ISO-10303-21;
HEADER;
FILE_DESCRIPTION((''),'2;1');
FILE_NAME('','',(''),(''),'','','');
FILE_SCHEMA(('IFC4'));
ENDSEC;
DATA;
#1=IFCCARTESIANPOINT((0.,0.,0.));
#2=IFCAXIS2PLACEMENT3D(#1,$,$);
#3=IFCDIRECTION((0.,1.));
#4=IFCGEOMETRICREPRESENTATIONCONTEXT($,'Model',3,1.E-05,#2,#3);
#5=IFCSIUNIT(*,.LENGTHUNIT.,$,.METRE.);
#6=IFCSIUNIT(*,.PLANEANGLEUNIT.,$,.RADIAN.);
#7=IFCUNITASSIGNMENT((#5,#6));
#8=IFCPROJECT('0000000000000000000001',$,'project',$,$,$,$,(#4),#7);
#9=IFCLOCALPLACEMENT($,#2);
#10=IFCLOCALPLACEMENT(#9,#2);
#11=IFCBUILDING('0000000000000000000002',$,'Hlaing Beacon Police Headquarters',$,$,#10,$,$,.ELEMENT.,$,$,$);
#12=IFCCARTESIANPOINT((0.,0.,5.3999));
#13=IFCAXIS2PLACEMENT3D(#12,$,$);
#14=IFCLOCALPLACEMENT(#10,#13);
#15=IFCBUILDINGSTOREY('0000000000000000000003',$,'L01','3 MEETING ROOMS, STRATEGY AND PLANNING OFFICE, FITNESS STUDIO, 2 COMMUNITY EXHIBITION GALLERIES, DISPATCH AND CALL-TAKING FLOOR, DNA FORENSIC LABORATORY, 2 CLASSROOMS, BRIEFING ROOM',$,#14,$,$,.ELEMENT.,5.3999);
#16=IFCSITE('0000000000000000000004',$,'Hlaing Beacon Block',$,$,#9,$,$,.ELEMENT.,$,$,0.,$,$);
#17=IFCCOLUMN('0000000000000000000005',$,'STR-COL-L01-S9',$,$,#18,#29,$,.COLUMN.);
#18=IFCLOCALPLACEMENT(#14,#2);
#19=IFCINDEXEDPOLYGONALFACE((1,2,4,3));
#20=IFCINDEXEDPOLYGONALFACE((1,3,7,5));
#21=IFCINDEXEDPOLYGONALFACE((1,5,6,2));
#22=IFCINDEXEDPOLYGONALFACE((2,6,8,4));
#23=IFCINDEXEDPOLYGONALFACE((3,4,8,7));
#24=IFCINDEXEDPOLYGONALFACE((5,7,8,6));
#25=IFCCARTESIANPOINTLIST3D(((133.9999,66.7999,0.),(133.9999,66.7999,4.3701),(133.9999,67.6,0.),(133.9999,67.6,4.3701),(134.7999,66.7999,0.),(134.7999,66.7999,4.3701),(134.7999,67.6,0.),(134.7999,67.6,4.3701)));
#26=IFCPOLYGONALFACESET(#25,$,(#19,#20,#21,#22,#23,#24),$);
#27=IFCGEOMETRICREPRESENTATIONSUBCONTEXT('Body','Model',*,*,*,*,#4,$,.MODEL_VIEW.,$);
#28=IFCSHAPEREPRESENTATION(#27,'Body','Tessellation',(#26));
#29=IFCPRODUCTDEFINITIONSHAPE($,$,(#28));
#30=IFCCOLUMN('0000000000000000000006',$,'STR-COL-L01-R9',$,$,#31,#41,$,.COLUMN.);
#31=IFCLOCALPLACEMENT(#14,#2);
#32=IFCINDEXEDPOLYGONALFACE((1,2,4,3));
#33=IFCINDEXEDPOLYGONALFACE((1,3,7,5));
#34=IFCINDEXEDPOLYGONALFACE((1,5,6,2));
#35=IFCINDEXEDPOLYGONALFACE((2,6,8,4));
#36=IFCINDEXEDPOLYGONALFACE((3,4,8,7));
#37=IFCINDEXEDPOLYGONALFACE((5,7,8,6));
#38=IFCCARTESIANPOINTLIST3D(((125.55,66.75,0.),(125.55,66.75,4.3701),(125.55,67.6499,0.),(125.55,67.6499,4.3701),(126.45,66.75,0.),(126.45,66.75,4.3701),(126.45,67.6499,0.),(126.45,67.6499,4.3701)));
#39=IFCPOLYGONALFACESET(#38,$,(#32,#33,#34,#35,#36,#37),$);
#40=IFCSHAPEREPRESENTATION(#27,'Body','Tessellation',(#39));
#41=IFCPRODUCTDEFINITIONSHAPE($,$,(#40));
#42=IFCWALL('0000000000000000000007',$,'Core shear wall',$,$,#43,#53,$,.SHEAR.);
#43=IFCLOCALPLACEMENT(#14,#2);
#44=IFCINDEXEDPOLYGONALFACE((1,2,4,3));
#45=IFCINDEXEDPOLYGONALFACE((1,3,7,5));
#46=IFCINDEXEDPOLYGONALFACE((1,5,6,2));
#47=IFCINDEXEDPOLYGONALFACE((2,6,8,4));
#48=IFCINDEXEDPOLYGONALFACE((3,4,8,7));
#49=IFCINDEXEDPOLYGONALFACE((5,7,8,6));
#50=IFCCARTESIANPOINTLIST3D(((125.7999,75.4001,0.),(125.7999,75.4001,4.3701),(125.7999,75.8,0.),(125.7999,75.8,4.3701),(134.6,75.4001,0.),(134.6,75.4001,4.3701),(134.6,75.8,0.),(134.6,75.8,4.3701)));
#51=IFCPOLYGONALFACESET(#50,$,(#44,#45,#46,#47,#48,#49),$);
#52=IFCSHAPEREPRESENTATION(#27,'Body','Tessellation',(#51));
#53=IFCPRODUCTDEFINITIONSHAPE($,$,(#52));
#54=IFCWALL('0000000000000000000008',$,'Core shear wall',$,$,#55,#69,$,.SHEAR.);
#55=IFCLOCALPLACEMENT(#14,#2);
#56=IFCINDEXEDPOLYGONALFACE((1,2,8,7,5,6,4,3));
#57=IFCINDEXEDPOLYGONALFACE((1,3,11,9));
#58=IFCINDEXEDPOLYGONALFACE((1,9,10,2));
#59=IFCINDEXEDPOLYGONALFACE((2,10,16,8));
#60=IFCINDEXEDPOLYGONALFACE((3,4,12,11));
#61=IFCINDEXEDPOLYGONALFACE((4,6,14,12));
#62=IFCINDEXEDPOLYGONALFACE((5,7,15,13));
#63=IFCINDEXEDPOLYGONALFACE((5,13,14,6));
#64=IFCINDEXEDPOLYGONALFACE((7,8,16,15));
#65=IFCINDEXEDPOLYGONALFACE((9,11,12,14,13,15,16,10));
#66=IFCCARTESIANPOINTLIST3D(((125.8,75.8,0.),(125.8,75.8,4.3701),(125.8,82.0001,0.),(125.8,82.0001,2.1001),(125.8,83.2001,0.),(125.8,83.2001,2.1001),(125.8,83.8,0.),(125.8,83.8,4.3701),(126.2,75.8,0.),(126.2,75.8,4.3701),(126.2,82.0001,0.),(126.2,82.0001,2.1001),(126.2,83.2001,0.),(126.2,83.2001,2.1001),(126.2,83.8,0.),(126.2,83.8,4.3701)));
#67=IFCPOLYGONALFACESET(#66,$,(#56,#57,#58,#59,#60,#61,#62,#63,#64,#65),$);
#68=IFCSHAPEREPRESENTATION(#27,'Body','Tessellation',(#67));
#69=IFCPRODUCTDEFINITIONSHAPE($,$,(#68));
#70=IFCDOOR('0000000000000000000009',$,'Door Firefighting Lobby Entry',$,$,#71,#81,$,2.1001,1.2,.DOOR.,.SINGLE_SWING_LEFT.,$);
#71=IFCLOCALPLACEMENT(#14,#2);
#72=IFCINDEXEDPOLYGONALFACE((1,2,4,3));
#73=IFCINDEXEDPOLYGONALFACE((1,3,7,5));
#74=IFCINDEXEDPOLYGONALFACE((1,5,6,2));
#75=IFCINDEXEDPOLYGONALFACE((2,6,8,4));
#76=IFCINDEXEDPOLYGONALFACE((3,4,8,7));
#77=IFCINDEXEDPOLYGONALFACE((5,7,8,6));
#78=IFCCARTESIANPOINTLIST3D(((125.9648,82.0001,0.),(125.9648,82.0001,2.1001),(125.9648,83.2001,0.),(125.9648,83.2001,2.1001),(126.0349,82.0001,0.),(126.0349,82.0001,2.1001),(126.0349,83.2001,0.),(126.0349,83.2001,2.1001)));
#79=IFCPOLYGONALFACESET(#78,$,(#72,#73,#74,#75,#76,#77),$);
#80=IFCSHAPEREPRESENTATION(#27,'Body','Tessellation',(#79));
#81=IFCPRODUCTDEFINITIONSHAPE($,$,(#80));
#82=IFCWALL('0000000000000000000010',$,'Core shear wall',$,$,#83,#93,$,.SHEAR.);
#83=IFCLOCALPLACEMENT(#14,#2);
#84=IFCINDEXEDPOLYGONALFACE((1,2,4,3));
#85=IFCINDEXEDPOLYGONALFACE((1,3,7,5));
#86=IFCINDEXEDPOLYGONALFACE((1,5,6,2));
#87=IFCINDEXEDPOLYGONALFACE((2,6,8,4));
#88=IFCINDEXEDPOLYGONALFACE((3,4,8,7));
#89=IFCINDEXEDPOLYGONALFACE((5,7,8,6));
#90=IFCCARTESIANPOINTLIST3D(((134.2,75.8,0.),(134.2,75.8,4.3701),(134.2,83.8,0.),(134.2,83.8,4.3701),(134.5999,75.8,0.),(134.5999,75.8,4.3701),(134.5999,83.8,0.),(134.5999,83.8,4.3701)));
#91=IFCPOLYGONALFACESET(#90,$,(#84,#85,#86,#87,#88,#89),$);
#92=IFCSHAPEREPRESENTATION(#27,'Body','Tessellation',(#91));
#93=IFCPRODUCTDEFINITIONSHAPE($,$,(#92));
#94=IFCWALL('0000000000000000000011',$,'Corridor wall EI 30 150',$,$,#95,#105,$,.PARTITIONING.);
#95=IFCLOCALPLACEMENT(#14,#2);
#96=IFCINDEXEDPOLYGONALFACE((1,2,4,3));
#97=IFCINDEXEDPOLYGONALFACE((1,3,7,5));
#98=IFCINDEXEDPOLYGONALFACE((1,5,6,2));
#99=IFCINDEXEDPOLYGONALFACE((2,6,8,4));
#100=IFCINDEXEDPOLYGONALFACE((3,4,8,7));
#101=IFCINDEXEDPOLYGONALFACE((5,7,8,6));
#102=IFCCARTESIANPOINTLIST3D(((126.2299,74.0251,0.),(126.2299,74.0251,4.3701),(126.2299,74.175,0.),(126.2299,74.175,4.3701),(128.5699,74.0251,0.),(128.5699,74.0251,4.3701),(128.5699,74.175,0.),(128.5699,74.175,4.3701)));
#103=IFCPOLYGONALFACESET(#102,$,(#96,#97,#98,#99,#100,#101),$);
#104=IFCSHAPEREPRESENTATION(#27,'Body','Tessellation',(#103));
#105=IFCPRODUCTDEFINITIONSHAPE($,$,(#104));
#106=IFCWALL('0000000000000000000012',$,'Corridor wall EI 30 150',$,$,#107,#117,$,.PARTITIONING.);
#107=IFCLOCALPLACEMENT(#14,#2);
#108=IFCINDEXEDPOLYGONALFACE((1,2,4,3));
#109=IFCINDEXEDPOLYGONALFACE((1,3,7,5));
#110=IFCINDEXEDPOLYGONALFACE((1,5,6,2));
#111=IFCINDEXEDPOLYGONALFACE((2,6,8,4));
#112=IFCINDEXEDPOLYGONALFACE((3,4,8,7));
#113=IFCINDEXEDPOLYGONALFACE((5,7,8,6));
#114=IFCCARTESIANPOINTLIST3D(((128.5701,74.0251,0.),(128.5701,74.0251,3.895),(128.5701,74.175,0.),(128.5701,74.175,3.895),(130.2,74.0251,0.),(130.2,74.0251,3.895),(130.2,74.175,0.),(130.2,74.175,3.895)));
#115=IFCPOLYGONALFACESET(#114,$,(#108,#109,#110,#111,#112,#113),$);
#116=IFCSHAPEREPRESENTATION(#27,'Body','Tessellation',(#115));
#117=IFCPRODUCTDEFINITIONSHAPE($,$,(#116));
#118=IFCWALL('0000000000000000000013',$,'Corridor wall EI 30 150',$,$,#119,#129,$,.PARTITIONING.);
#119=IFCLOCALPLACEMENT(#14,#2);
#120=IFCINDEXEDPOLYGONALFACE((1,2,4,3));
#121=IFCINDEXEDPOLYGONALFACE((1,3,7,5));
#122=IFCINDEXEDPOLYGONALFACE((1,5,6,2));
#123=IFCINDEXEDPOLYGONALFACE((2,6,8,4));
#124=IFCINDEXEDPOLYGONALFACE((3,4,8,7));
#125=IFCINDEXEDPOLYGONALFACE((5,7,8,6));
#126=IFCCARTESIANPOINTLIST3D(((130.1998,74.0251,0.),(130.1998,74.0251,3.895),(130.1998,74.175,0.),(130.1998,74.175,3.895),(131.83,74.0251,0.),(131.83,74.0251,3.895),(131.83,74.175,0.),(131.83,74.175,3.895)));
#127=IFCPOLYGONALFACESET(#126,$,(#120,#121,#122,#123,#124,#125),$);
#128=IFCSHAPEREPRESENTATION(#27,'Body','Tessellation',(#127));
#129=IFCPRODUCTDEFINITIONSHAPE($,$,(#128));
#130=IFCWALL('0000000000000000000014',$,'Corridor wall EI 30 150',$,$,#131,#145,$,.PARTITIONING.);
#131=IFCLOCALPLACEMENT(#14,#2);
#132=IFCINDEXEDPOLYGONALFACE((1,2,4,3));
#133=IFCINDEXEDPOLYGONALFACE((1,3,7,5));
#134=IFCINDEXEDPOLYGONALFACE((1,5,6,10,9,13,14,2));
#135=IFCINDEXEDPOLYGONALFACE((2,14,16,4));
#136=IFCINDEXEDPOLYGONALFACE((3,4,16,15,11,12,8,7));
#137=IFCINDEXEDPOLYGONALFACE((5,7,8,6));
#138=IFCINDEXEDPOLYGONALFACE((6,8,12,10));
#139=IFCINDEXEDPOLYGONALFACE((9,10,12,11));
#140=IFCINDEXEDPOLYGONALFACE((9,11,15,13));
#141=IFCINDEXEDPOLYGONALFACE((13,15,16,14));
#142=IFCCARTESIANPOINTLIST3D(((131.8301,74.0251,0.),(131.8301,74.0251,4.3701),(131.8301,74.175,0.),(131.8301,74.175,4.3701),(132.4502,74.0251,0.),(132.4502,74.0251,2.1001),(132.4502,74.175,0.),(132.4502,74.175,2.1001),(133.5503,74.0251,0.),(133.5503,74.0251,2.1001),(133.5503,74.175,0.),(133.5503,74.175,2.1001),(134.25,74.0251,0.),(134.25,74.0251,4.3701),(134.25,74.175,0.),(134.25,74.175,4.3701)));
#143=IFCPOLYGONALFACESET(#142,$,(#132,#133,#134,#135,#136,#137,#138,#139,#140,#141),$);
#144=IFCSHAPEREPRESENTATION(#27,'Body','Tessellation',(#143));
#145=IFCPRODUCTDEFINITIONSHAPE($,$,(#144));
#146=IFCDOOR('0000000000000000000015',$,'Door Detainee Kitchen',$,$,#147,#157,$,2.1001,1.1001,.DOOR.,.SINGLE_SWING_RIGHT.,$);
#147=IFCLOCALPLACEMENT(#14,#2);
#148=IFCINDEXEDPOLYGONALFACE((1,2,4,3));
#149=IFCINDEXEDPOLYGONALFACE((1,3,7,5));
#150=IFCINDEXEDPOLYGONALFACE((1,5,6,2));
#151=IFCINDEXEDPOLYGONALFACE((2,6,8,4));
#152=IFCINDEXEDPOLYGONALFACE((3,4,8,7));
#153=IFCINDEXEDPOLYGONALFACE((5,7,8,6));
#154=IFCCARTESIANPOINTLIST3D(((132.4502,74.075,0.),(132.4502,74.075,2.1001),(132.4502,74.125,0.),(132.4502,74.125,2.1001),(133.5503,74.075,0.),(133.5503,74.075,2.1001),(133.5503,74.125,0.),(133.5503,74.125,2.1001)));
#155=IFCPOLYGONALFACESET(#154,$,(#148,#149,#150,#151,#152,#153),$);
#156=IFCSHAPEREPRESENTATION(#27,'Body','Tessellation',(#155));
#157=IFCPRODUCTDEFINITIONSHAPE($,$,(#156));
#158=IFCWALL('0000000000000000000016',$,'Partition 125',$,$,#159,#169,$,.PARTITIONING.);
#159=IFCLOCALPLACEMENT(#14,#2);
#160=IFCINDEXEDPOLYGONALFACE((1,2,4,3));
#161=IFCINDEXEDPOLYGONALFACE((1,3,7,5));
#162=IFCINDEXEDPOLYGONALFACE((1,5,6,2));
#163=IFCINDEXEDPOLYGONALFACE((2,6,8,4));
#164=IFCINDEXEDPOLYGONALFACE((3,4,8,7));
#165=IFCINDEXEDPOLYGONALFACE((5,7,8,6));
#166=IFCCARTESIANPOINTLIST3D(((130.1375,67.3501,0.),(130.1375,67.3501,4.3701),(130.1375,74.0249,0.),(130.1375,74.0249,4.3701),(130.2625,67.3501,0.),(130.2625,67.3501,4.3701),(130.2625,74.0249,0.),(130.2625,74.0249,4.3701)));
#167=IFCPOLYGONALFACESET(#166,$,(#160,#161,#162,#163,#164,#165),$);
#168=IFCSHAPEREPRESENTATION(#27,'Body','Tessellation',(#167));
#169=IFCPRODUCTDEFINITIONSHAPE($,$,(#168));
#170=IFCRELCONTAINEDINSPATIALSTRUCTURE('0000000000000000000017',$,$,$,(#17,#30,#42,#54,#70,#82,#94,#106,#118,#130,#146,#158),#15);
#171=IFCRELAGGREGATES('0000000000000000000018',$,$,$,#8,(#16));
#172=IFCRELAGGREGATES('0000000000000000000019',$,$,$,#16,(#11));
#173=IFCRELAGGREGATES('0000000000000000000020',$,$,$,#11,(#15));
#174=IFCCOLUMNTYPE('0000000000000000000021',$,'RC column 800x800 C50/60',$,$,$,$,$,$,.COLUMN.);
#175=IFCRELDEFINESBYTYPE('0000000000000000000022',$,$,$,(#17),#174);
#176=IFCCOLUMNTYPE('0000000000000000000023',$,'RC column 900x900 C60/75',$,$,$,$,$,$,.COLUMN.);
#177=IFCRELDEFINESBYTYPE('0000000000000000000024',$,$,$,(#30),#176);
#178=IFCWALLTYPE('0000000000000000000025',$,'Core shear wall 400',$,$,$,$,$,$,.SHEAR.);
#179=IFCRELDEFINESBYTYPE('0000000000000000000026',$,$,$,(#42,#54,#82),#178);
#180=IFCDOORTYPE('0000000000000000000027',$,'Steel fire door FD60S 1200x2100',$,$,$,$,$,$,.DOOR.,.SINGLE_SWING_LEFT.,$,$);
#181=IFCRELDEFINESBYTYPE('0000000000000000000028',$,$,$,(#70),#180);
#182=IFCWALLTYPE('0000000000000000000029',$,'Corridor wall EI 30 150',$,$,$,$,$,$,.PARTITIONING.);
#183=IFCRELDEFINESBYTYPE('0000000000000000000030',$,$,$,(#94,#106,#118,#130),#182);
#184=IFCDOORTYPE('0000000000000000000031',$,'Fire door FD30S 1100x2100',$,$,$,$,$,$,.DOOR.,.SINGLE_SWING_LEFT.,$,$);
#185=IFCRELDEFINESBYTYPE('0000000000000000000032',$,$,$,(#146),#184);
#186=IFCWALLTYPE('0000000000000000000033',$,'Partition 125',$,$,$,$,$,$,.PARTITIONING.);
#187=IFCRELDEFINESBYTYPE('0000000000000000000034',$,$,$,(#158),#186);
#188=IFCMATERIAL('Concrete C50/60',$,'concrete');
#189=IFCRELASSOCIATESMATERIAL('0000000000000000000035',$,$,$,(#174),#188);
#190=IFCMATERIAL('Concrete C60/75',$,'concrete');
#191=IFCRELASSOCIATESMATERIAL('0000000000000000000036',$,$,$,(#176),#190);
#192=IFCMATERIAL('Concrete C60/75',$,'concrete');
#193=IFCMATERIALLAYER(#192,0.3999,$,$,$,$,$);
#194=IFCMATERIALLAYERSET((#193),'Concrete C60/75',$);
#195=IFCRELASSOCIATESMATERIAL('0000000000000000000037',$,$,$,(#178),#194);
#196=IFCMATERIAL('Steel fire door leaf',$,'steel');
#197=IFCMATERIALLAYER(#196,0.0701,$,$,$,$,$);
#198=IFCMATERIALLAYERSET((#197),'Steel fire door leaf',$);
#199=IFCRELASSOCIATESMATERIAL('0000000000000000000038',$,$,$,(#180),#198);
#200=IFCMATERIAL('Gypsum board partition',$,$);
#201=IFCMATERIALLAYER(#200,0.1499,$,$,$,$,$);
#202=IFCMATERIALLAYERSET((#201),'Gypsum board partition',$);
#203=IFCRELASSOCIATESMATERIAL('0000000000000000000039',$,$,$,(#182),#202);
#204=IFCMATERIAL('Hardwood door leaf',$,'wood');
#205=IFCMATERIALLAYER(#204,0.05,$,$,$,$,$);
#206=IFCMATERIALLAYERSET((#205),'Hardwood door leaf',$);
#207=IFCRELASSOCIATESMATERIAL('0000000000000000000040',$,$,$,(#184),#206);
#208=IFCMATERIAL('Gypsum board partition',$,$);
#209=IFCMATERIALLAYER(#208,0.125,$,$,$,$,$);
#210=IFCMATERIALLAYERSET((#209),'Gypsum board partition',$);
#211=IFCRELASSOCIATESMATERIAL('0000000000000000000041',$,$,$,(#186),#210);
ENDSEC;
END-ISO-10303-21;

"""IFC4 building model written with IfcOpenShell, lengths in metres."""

from ifc_helpers import new_model, si_unit, direction, frame, frame_2d, origin, origin_2d, place, context, subcontext, project, spatial, rectangle, extrude, material, layer, layer_set, material_profile, profile_set, type_object, element, fill, save


model = new_model("IFC4")

# Units and contexts
model_context = context("Model", 3, precision=1e-05, world=origin(), true_north=direction((0.0, 1.0)))
body_context = subcontext(model_context, "Body", "Model", "MODEL_VIEW")
ifc_project = project(units=[si_unit("LENGTHUNIT", "METRE"), si_unit("PLANEANGLEUNIT", "RADIAN")], contexts=[model_context])

# Site, building, storey
site_placement = place(None, origin())
site = spatial("IfcSite", under=ifc_project, at=site_placement, Name="Hlaing Beacon Block", CompositionType="ELEMENT", RefElevation=0.0)
building_placement = place(site_placement, origin())
building = spatial("IfcBuilding", under=site, at=building_placement, Name="Hlaing Beacon Police Headquarters", CompositionType="ELEMENT")
storey_placement = place(building_placement, frame((0.0, 0.0, 5.3999)))
storey = spatial("IfcBuildingStorey", under=building, at=storey_placement, Name="L01", Description="3 MEETING ROOMS, STRATEGY AND PLANNING OFFICE, FITNESS STUDIO, 2 COMMUNITY EXHIBITION GALLERIES, DISPATCH AND CALL-TAKING FLOOR, DNA FORENSIC LABORATORY, 2 CLASSROOMS, BRIEFING ROOM", CompositionType="ELEMENT", Elevation=5.3999)

# Columns
ifc_material_1 = material(Name="Concrete C50/60", Category="concrete")
ifc_material_profile_1 = material_profile(ifc_material_1, rectangle(XDim=0.8, YDim=0.8, at=origin_2d()), Name="800x800")
ifc_profile_set_1 = profile_set([ifc_material_profile_1], Name="Concrete C50/60")
column_type_1 = type_object("IfcColumnType", Name="RC column 800x800 C50/60", PredefinedType="COLUMN", material=ifc_profile_set_1)
column_1_placement = place(storey_placement, frame((134.3999, 67.2, 0.0), z_axis=(0.0, 0.0, 1.0), x_axis=(1.0, 0.0, 0.0)))
element("IfcColumn", 1, at=column_1_placement, inside=storey, type_object=column_type_1, Name="STR-COL-L01-S9", PredefinedType="COLUMN", context=body_context, shape_type="SweptSolid", body=[
    extrude(rectangle(XDim=0.8, YDim=0.8, at=origin_2d()), origin(), (0.0, 0.0, 1.0), 4.3701),
])
ifc_material_2 = material(Name="Concrete C60/75", Category="concrete")
ifc_material_profile_2 = material_profile(ifc_material_2, rectangle(XDim=0.8999, YDim=0.8999, at=origin_2d()), Name="900x900")
ifc_profile_set_2 = profile_set([ifc_material_profile_2], Name="Concrete C60/75")
column_type_2 = type_object("IfcColumnType", Name="RC column 900x900 C60/75", PredefinedType="COLUMN", material=ifc_profile_set_2)
column_2_placement = place(storey_placement, frame((126.0, 67.2, 0.0), z_axis=(0.0, 0.0, 1.0), x_axis=(1.0, 0.0, 0.0)))
element("IfcColumn", 2, at=column_2_placement, inside=storey, type_object=column_type_2, Name="STR-COL-L01-R9", PredefinedType="COLUMN", context=body_context, shape_type="SweptSolid", body=[
    extrude(rectangle(XDim=0.8999, YDim=0.8999, at=origin_2d()), origin(), (0.0, 0.0, 1.0), 4.3701),
])

# Wall
ifc_material_3 = material(Name="Concrete C60/75", Category="concrete")
ifc_layer_1 = layer(ifc_material_3, 0.3999)
ifc_layer_set_1 = layer_set([ifc_layer_1], Name="Concrete C60/75")
wall_type_1 = type_object("IfcWallType", Name="Core shear wall 400", PredefinedType="SHEAR", material=ifc_layer_set_1)
wall_1_placement = place(storey_placement, frame((125.8, 75.6001, 0.0), z_axis=(0.0, 0.0, 1.0), x_axis=(1.0, 0.0, 0.0)))
element("IfcWall", 3, at=wall_1_placement, inside=storey, type_object=wall_type_1, Name="Core shear wall", PredefinedType="SHEAR", context=body_context, shape_type="SweptSolid", body=[
    extrude(rectangle(XDim=8.8, YDim=0.3999, at=frame_2d((4.3999, 0.0))), origin(), (0.0, 0.0, 1.0), 4.3701),
])

# Wall, opening, door
wall_2_placement = place(storey_placement, frame((126.0, 75.8, 0.0), z_axis=(0.0, 0.0, 1.0), x_axis=(0.0, 1.0, 0.0)))
wall_2 = element("IfcWall", 4, at=wall_2_placement, inside=storey, type_object=wall_type_1, Name="Core shear wall", PredefinedType="SHEAR", context=body_context, shape_type="SweptSolid", body=[
    extrude(rectangle(XDim=8.0, YDim=0.3999, at=frame_2d((4.0, 0.0))), origin(), (0.0, 0.0, 1.0), 4.3701),
])
opening_1_placement = place(wall_2_placement, frame((6.2, 0.0, 0.0)))
opening_1 = element("IfcOpeningElement", 5, at=opening_1_placement, cuts=wall_2, PredefinedType="OPENING", context=body_context, shape_type="SweptSolid", body=[
    extrude(rectangle(XDim=1.2, YDim=2.1001, at=frame_2d((0.6001, 1.05))), frame((0.0, 0.21, 0.0), z_axis=(0.0, -1.0, 0.0), x_axis=(1.0, 0.0, 0.0)), (0.0, 0.0, 1.0), 0.4199),
])
ifc_material_4 = material(Name="Steel fire door leaf", Category="steel")
ifc_layer_2 = layer(ifc_material_4, 0.0701)
ifc_layer_set_2 = layer_set([ifc_layer_2], Name="Steel fire door leaf")
door_type_1 = type_object("IfcDoorType", Name="Steel fire door FD60S 1200x2100", OperationType="SINGLE_SWING_LEFT", PredefinedType="DOOR", material=ifc_layer_set_2)
door_1_placement = place(opening_1_placement, frame((1.2, 0.0, 0.0), z_axis=(0.0, 0.0, 1.0), x_axis=(-1.0, 0.0, 0.0)))
door_1 = element("IfcDoor", 6, at=door_1_placement, inside=storey, type_object=door_type_1, Name="Door Firefighting Lobby Entry", OperationType="SINGLE_SWING_LEFT", OverallHeight=2.1001, OverallWidth=1.2, PredefinedType="DOOR", context=body_context, shape_type="SweptSolid", body=[
    extrude(rectangle(XDim=1.2, YDim=2.1001, at=frame_2d((0.5999, 1.05))), frame((0.0, 0.0349, 0.0), z_axis=(0.0, -1.0, 0.0), x_axis=(1.0, 0.0, 0.0)), (0.0, 0.0, 1.0), 0.0701),
])
fill(opening_1, door_1)

# Walls
wall_3_placement = place(storey_placement, frame((134.3999, 75.8, 0.0), z_axis=(0.0, 0.0, 1.0), x_axis=(0.0, 1.0, 0.0)))
element("IfcWall", 7, at=wall_3_placement, inside=storey, type_object=wall_type_1, Name="Core shear wall", PredefinedType="SHEAR", context=body_context, shape_type="SweptSolid", body=[
    extrude(rectangle(XDim=8.0, YDim=0.3999, at=frame_2d((4.0, 0.0))), origin(), (0.0, 0.0, 1.0), 4.3701),
])
ifc_material_5 = material(Name="Gypsum board partition")
ifc_layer_3 = layer(ifc_material_5, 0.1499)
ifc_layer_set_3 = layer_set([ifc_layer_3], Name="Gypsum board partition")
wall_type_2 = type_object("IfcWallType", Name="Corridor wall EI 30 150", PredefinedType="PARTITIONING", material=ifc_layer_set_3)
wall_4_placement = place(storey_placement, frame((126.23, 74.1001, 0.0), z_axis=(0.0, 0.0, 1.0), x_axis=(1.0, 0.0, 0.0)))
element("IfcWall", 8, at=wall_4_placement, inside=storey, type_object=wall_type_2, Name="Corridor wall EI 30 150", PredefinedType="PARTITIONING", context=body_context, shape_type="SweptSolid", body=[
    extrude(rectangle(XDim=2.3401, YDim=0.1499, at=frame_2d((1.1699, 0.0))), origin(), (0.0, 0.0, 1.0), 4.3701),
])
wall_5_placement = place(storey_placement, frame((128.5701, 74.1001, 0.0), z_axis=(0.0, 0.0, 1.0), x_axis=(1.0, 0.0, 0.0)))
element("IfcWall", 9, at=wall_5_placement, inside=storey, type_object=wall_type_2, Name="Corridor wall EI 30 150", PredefinedType="PARTITIONING", context=body_context, shape_type="SweptSolid", body=[
    extrude(rectangle(XDim=1.6299, YDim=0.1499, at=frame_2d((0.8149, 0.0))), origin(), (0.0, 0.0, 1.0), 3.895),
])
wall_6_placement = place(storey_placement, frame((130.2, 74.1001, 0.0), z_axis=(0.0, 0.0, 1.0), x_axis=(1.0, 0.0, 0.0)))
element("IfcWall", 10, at=wall_6_placement, inside=storey, type_object=wall_type_2, Name="Corridor wall EI 30 150", PredefinedType="PARTITIONING", context=body_context, shape_type="SweptSolid", body=[
    extrude(rectangle(XDim=1.6301, YDim=0.1499, at=frame_2d((0.8149, 0.0))), origin(), (0.0, 0.0, 1.0), 3.895),
])

# Wall, opening, door
wall_7_placement = place(storey_placement, frame((131.8301, 74.1001, 0.0), z_axis=(0.0, 0.0, 1.0), x_axis=(1.0, 0.0, 0.0)))
wall_7 = element("IfcWall", 11, at=wall_7_placement, inside=storey, type_object=wall_type_2, Name="Corridor wall EI 30 150", PredefinedType="PARTITIONING", context=body_context, shape_type="SweptSolid", body=[
    extrude(rectangle(XDim=2.4199, YDim=0.1499, at=frame_2d((1.21, 0.0))), origin(), (0.0, 0.0, 1.0), 4.3701),
])
opening_2_placement = place(wall_7_placement, frame((0.6201, 0.0, 0.0)))
opening_2 = element("IfcOpeningElement", 12, at=opening_2_placement, cuts=wall_7, PredefinedType="OPENING", context=body_context, shape_type="SweptSolid", body=[
    extrude(rectangle(XDim=1.1001, YDim=2.1001, at=frame_2d((0.55, 1.05))), frame((0.0, 0.085, 0.0), z_axis=(0.0, -1.0, 0.0), x_axis=(1.0, 0.0, 0.0)), (0.0, 0.0, 1.0), 0.1699),
])
ifc_material_6 = material(Name="Hardwood door leaf", Category="wood")
ifc_layer_4 = layer(ifc_material_6, 0.05)
ifc_layer_set_4 = layer_set([ifc_layer_4], Name="Hardwood door leaf")
door_type_2 = type_object("IfcDoorType", Name="Fire door FD30S 1100x2100", OperationType="SINGLE_SWING_LEFT", PredefinedType="DOOR", material=ifc_layer_set_4)
door_2_placement = place(opening_2_placement, frame((1.1001, 0.0, 0.0), z_axis=(0.0, 0.0, 1.0), x_axis=(-1.0, 0.0, 0.0)))
door_2 = element("IfcDoor", 13, at=door_2_placement, inside=storey, type_object=door_type_2, Name="Door Detainee Kitchen", OperationType="SINGLE_SWING_RIGHT", OverallHeight=2.1001, OverallWidth=1.1001, PredefinedType="DOOR", context=body_context, shape_type="SweptSolid", body=[
    extrude(rectangle(XDim=1.1001, YDim=2.1001, at=frame_2d((0.55, 1.05))), frame((0.0, 0.0251, 0.0), z_axis=(0.0, -1.0, 0.0), x_axis=(1.0, 0.0, 0.0)), (0.0, 0.0, 1.0), 0.05),
])
fill(opening_2, door_2)

# Wall
ifc_material_7 = material(Name="Gypsum board partition")
ifc_layer_5 = layer(ifc_material_7, 0.125)
ifc_layer_set_5 = layer_set([ifc_layer_5], Name="Gypsum board partition")
wall_type_3 = type_object("IfcWallType", Name="Partition 125", PredefinedType="PARTITIONING", material=ifc_layer_set_5)
wall_8_placement = place(storey_placement, frame((130.2, 67.3501, 0.0), z_axis=(0.0, 0.0, 1.0), x_axis=(0.0, 1.0, 0.0)))
element("IfcWall", 14, at=wall_8_placement, inside=storey, type_object=wall_type_3, Name="Partition 125", PredefinedType="PARTITIONING", context=body_context, shape_type="SweptSolid", body=[
    extrude(rectangle(XDim=6.6748, YDim=0.125, at=frame_2d((3.3374, 0.0))), origin(), (0.0, 0.0, 1.0), 4.3701),
])

save(model, "model.ifc")
